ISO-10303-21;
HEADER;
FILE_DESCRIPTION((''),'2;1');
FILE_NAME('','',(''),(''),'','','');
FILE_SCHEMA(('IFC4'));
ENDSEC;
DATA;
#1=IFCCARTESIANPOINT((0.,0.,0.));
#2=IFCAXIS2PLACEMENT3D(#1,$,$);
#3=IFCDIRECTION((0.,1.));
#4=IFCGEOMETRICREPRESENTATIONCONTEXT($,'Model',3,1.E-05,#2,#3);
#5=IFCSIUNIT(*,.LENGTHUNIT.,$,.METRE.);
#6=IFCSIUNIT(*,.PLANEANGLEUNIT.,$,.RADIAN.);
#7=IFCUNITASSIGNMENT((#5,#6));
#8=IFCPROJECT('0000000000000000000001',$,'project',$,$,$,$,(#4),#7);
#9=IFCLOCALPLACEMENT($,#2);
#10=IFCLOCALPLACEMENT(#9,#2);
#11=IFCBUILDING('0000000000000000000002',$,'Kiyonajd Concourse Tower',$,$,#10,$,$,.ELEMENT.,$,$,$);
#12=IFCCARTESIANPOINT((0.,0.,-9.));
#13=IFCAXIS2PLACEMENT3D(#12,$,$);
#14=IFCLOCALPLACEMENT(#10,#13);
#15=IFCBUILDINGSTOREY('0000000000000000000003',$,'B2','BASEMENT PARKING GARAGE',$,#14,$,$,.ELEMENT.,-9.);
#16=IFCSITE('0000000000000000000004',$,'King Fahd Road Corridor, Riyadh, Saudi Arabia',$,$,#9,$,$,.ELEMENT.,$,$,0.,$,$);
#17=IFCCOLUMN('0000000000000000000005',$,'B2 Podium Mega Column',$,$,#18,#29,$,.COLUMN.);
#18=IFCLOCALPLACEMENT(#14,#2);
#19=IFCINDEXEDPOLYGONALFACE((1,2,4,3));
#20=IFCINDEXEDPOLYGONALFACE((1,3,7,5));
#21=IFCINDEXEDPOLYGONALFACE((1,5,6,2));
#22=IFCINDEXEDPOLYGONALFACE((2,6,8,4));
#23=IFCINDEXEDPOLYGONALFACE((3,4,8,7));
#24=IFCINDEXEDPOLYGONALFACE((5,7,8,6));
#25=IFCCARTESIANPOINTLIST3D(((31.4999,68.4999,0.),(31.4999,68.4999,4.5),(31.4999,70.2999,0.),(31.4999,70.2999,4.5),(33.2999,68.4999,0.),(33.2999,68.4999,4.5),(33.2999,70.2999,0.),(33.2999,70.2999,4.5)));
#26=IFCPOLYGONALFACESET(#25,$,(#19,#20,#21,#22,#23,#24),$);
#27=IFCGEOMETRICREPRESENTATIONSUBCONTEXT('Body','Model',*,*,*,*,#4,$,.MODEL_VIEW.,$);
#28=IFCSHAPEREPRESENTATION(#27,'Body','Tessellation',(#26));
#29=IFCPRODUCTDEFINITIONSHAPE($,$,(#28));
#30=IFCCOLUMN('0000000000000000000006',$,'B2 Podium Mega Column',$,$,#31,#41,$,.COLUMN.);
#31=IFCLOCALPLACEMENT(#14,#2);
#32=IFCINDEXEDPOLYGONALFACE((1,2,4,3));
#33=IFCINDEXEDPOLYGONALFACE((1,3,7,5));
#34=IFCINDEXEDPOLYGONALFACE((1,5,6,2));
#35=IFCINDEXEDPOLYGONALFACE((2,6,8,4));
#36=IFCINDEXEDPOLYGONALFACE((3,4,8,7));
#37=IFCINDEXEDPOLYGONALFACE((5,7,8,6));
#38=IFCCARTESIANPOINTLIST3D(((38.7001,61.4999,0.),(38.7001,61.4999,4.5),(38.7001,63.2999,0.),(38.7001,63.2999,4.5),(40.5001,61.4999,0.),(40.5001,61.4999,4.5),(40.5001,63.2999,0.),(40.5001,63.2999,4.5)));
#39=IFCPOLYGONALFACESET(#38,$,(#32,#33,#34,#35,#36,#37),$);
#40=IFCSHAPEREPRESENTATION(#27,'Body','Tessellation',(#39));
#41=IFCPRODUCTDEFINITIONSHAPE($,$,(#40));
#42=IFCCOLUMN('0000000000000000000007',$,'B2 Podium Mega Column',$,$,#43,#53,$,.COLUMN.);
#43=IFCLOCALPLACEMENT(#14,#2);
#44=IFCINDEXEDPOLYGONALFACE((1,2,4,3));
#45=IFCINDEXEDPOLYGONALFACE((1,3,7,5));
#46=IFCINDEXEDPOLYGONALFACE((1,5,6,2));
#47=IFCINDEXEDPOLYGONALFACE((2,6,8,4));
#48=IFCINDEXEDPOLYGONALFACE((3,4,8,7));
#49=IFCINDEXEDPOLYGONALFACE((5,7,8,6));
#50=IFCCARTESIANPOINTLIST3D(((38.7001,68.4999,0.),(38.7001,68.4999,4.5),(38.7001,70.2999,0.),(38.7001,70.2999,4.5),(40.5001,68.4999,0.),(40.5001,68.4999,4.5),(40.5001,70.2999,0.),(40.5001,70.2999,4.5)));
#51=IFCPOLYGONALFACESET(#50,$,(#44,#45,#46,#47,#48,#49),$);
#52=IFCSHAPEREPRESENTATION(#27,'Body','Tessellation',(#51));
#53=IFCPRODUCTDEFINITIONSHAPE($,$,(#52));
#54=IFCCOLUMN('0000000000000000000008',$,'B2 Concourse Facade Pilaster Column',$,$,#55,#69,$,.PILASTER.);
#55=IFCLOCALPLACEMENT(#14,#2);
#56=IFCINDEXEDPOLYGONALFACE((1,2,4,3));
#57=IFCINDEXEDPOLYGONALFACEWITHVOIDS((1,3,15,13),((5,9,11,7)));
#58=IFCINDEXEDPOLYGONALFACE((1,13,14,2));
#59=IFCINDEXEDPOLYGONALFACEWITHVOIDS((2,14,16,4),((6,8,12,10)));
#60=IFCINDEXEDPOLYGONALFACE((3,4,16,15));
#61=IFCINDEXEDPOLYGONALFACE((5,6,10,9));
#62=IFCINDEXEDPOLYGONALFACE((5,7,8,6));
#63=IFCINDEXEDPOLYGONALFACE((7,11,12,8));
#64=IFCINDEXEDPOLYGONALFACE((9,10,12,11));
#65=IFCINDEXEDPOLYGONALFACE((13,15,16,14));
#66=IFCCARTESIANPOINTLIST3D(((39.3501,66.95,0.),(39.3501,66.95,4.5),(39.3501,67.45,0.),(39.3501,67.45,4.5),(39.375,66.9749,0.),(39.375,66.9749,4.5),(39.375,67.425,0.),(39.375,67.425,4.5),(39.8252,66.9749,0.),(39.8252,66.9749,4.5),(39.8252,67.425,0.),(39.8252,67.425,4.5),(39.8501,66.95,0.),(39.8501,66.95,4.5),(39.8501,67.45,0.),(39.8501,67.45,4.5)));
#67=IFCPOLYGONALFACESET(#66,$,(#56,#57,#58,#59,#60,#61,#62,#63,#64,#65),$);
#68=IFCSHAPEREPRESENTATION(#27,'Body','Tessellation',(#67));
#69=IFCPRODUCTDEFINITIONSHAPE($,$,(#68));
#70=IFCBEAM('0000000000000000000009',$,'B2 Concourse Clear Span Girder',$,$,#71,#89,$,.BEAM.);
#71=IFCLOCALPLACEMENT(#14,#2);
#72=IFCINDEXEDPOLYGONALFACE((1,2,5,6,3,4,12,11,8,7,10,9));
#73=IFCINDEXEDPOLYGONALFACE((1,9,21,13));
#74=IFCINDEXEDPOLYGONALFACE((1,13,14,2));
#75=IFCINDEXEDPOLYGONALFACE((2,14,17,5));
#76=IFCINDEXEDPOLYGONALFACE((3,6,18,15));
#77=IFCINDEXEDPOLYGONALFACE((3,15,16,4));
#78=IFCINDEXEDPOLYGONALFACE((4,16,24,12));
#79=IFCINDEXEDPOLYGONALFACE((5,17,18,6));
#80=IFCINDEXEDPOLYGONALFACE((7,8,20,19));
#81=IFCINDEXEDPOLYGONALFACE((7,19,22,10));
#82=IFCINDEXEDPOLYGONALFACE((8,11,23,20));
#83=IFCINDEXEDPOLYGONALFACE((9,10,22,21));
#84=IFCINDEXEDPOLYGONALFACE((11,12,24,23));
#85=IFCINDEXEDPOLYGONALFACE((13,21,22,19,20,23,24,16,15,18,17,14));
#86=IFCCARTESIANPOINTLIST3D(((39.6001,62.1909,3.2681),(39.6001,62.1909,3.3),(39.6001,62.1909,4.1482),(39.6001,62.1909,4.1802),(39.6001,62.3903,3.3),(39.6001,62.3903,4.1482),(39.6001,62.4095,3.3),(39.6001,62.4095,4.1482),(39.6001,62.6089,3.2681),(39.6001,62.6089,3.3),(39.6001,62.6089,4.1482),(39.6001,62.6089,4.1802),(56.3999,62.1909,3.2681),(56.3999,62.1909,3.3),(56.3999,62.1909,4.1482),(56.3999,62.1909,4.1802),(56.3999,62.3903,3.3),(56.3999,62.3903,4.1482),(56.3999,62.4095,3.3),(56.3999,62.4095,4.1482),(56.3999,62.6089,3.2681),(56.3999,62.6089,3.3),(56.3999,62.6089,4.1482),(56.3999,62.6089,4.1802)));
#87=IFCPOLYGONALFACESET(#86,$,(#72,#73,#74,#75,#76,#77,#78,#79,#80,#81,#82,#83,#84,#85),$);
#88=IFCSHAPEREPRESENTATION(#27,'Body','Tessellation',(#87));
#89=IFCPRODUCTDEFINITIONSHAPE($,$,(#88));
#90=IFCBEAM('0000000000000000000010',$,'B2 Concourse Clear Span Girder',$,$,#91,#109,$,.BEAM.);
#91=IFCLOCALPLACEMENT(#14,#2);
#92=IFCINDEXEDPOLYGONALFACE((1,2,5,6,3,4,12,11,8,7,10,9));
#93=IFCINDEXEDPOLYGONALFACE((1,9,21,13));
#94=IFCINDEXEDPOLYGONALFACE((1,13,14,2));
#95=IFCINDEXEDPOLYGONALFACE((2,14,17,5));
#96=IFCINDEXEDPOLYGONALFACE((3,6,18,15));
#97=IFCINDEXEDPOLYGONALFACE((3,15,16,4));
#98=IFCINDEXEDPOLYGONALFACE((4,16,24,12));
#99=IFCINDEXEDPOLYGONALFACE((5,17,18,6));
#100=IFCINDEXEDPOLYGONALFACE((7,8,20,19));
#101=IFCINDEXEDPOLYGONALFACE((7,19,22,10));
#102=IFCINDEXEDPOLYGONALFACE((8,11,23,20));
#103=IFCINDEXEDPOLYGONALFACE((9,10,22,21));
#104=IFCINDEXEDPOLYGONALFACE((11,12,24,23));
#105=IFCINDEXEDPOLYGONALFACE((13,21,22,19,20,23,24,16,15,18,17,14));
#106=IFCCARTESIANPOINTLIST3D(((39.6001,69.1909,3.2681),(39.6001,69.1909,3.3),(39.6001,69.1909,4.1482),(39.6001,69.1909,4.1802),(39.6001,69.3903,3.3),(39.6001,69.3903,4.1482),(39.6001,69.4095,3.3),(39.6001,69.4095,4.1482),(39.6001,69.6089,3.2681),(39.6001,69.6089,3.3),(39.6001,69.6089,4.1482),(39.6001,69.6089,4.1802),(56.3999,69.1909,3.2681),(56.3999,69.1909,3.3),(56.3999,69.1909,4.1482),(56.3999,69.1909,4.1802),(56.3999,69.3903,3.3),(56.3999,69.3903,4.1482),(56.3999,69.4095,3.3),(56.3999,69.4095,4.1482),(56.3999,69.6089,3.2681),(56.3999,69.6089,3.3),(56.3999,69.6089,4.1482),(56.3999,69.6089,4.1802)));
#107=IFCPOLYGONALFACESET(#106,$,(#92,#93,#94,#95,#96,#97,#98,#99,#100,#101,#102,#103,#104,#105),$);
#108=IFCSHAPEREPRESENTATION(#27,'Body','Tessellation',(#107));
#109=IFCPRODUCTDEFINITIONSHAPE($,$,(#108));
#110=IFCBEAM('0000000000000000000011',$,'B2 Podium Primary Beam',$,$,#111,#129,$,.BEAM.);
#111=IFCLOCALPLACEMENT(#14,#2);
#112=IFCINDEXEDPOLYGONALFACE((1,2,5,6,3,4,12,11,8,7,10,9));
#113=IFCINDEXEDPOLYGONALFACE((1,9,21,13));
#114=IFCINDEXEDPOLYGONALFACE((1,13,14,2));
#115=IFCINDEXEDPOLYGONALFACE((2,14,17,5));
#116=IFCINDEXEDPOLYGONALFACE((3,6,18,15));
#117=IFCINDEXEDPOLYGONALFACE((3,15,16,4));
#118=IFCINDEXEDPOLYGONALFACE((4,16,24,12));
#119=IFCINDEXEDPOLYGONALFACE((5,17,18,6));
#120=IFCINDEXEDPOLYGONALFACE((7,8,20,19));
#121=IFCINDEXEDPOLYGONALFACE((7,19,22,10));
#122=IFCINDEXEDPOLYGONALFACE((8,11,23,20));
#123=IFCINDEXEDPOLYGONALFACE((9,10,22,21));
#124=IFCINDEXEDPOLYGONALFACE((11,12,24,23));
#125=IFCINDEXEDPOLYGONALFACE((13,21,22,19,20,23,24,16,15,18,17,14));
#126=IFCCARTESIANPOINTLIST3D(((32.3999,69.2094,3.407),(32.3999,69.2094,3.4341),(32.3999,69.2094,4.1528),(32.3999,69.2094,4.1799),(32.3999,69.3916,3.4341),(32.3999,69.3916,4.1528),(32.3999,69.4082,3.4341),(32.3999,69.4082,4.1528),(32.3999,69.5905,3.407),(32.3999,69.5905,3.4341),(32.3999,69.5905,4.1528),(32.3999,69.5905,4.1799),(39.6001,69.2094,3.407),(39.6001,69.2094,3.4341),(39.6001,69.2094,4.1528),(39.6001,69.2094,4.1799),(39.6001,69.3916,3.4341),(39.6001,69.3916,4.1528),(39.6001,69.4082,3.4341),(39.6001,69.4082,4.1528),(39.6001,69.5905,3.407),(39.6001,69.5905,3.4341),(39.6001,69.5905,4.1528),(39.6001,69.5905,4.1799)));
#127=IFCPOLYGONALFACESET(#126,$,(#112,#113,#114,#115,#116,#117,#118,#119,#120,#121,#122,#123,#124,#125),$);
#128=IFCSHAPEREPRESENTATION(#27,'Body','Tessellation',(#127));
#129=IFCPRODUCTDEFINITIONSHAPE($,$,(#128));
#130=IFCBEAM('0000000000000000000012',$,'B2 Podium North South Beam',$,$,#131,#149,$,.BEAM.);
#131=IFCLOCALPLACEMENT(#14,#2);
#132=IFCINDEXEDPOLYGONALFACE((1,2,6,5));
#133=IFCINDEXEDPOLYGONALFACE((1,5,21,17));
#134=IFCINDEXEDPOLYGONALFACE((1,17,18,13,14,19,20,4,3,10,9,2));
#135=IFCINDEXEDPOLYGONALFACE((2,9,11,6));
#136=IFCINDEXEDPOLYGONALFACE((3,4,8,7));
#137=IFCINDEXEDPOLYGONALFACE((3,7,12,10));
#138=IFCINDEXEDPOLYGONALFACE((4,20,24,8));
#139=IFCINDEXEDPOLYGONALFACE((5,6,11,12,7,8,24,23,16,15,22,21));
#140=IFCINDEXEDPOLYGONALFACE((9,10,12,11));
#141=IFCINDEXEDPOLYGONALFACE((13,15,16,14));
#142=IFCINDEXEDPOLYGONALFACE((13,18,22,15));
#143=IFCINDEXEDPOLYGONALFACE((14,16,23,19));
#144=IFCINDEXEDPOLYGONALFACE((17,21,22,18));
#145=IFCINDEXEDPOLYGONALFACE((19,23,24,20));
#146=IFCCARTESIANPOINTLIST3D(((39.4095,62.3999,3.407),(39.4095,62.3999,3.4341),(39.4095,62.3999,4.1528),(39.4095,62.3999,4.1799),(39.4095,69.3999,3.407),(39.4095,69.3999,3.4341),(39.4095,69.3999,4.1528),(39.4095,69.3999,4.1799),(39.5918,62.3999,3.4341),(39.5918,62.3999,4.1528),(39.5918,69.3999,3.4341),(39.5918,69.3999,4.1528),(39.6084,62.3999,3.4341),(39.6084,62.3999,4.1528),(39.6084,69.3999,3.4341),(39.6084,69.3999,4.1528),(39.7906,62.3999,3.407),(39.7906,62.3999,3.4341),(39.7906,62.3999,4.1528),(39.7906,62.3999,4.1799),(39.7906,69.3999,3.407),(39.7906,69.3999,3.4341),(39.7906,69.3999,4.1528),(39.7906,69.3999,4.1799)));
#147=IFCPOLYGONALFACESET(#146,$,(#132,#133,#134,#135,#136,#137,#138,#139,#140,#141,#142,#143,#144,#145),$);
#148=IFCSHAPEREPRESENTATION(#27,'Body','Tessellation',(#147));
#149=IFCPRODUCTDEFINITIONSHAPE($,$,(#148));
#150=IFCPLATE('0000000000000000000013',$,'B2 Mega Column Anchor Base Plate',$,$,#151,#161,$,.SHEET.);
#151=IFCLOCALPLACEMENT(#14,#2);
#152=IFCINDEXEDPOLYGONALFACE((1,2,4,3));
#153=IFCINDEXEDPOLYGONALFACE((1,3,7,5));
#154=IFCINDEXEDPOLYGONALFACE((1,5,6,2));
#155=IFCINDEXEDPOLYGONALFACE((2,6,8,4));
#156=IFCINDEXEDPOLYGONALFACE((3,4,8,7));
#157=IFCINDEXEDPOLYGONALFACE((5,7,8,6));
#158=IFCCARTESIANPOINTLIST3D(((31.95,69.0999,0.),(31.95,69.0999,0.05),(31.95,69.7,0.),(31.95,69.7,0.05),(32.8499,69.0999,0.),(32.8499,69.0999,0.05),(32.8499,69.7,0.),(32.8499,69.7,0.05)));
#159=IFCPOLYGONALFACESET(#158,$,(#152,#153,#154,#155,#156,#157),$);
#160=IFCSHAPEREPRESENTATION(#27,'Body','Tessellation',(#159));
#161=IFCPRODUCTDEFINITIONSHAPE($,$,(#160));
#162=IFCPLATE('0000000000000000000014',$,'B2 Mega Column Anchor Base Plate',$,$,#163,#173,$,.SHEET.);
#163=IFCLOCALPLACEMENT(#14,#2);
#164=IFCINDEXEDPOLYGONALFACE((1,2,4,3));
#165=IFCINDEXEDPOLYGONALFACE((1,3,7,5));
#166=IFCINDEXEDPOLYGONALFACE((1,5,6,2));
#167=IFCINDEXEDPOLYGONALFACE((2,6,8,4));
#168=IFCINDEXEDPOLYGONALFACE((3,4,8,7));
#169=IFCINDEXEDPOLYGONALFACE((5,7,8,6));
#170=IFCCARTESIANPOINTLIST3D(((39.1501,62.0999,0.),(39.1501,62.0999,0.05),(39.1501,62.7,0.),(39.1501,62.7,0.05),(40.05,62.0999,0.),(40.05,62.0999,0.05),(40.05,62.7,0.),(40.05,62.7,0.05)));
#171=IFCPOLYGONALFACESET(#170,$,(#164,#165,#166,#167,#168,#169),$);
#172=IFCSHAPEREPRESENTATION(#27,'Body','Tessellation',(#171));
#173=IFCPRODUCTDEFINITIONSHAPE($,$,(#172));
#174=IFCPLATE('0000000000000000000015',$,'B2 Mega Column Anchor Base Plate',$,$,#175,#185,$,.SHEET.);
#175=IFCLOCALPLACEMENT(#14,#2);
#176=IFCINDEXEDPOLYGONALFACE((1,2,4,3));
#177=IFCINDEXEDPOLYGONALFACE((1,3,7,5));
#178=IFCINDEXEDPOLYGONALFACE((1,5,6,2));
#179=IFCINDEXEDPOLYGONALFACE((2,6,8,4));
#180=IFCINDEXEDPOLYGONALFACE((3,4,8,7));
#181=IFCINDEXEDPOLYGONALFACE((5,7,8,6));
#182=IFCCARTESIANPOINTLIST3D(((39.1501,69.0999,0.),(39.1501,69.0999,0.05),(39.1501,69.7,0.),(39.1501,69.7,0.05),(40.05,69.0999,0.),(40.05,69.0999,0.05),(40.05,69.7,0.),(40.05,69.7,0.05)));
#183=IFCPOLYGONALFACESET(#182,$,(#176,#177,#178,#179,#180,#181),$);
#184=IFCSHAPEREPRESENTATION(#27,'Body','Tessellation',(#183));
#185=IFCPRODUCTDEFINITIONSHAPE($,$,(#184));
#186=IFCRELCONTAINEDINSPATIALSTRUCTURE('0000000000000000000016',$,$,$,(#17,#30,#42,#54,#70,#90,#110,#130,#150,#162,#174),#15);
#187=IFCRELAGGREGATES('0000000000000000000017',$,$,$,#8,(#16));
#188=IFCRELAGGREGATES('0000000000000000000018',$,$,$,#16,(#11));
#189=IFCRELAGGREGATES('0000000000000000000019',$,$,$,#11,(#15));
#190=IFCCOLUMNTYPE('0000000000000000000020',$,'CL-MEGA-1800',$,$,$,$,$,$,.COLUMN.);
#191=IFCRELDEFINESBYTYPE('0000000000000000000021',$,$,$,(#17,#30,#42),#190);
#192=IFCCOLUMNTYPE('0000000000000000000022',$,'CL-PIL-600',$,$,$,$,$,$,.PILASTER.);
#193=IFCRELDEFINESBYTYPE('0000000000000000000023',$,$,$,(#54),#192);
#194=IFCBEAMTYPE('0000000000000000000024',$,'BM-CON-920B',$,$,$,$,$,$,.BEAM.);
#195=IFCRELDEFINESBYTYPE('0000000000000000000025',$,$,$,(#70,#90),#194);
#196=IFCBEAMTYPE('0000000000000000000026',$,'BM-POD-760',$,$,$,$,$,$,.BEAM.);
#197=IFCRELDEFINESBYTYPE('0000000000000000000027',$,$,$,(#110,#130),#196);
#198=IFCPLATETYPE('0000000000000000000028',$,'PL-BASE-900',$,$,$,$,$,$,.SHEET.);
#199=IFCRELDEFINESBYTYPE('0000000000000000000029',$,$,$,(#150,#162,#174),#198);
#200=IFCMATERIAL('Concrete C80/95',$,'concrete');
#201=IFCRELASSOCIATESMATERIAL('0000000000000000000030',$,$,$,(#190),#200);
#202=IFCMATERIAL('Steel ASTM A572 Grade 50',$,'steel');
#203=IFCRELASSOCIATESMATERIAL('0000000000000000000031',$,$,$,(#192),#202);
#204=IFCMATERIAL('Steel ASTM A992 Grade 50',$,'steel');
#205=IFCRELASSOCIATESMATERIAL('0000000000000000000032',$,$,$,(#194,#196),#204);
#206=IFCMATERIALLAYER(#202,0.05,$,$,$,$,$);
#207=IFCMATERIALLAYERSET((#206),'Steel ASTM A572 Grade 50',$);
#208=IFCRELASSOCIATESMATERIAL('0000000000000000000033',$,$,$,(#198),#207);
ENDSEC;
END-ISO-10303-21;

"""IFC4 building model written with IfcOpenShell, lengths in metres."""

from ifc_helpers import new_model, si_unit, direction, frame, origin, origin_2d, place, context, subcontext, project, spatial, rectangle, hollow_rectangle, i_section, extrude, material, layer, layer_set, material_profile, profile_set, type_object, element, save


model = new_model("IFC4")

# Units and contexts
model_context = context("Model", 3, precision=1e-05, world=origin(), true_north=direction((0.0, 1.0)))
body_context = subcontext(model_context, "Body", "Model", "MODEL_VIEW")
ifc_project = project(units=[si_unit("LENGTHUNIT", "METRE"), si_unit("PLANEANGLEUNIT", "RADIAN")], contexts=[model_context])

# Site, building, storey
site_placement = place(None, origin())
site = spatial("IfcSite", under=ifc_project, at=site_placement, Name="King Fahd Road Corridor, Riyadh, Saudi Arabia", CompositionType="ELEMENT", RefElevation=0.0)
building_placement = place(site_placement, origin())
building = spatial("IfcBuilding", under=site, at=building_placement, Name="Kiyonajd Concourse Tower", CompositionType="ELEMENT")
storey_placement = place(building_placement, frame((0.0, 0.0, -9.0)))
storey = spatial("IfcBuildingStorey", under=building, at=storey_placement, Name="B2", Description="BASEMENT PARKING GARAGE", CompositionType="ELEMENT", Elevation=-9.0)

# Columns
ifc_material_1 = material(Name="Concrete C80/95", Category="concrete")
ifc_material_profile_1 = material_profile(ifc_material_1, rectangle(XDim=1.8, YDim=1.8, at=origin_2d()), Name="RC-1800x1800")
ifc_profile_set_1 = profile_set([ifc_material_profile_1], Name="Concrete C80/95")
column_type_1 = type_object("IfcColumnType", Name="CL-MEGA-1800", PredefinedType="COLUMN", material=ifc_profile_set_1)
for number, where, z_axis, x_axis, name in (
    (1, (32.3999, 69.3999, 0.0), (0.0, 0.0, 1.0), (1.0, 0.0, 0.0), "B2 Podium Mega Column"),
    (2, (39.6001, 62.3999, 0.0), (0.0, 0.0, 1.0), (1.0, 0.0, 0.0), "B2 Podium Mega Column"),
    (3, (39.6001, 69.3999, 0.0), (0.0, 0.0, 1.0), (1.0, 0.0, 0.0), "B2 Podium Mega Column"),
):
    element("IfcColumn", number, at=place(storey_placement, frame(where, z_axis=z_axis, x_axis=x_axis)), inside=storey, type_object=column_type_1, Name=name, PredefinedType="COLUMN", context=body_context, shape_type="SweptSolid", body=[
        extrude(rectangle(XDim=1.8, YDim=1.8, at=origin_2d()), origin(), (0.0, 0.0, 1.0), 4.5),
    ])
ifc_material_2 = material(Name="Steel ASTM A572 Grade 50", Category="steel")
ifc_material_profile_2 = material_profile(ifc_material_2, hollow_rectangle(XDim=0.5, YDim=0.5, WallThickness=0.0249, at=origin_2d()), Name="HSS-500x500x25")
ifc_profile_set_2 = profile_set([ifc_material_profile_2], Name="Steel ASTM A572 Grade 50")
column_type_2 = type_object("IfcColumnType", Name="CL-PIL-600", PredefinedType="PILASTER", material=ifc_profile_set_2)
column_placement = place(storey_placement, frame((39.6001, 67.2, 0.0), z_axis=(0.0, 0.0, 1.0), x_axis=(1.0, 0.0, 0.0)))
element("IfcColumn", 4, at=column_placement, inside=storey, type_object=column_type_2, Name="B2 Concourse Facade Pilaster Column", PredefinedType="PILASTER", context=body_context, shape_type="SweptSolid", body=[
    extrude(hollow_rectangle(XDim=0.5, YDim=0.5, WallThickness=0.0249, at=origin_2d()), origin(), (0.0, 0.0, 1.0), 4.5),
])

# Beams
ifc_material_3 = material(Name="Steel ASTM A992 Grade 50", Category="steel")
ifc_material_profile_3 = material_profile(ifc_material_3, i_section(OverallWidth=0.418, OverallDepth=0.9121, WebThickness=0.0193, FlangeThickness=0.032, at=origin_2d()), Name="W920X342")
ifc_profile_set_3 = profile_set([ifc_material_profile_3], Name="Steel ASTM A992 Grade 50")
beam_type_1 = type_object("IfcBeamType", Name="BM-CON-920B", PredefinedType="BEAM", material=ifc_profile_set_3)
for number, where, z_axis, x_axis, name in (
    (5, (39.6001, 62.3999, 3.7241), (1.0, 0.0, 0.0), (0.0, 1.0, 0.0), "B2 Concourse Clear Span Girder"),
    (6, (39.6001, 69.3999, 3.7241), (1.0, 0.0, 0.0), (0.0, 1.0, 0.0), "B2 Concourse Clear Span Girder"),
):
    element("IfcBeam", number, at=place(storey_placement, frame(where, z_axis=z_axis, x_axis=x_axis)), inside=storey, type_object=beam_type_1, Name=name, PredefinedType="BEAM", context=body_context, shape_type="SweptSolid", body=[
        extrude(i_section(OverallWidth=0.418, OverallDepth=0.9121, WebThickness=0.0193, FlangeThickness=0.032, at=origin_2d()), origin(), (0.0, 0.0, 1.0), 16.7998),
    ])
ifc_material_profile_4 = material_profile(ifc_material_3, i_section(OverallWidth=0.3811, OverallDepth=0.7729, WebThickness=0.0166, FlangeThickness=0.0271, at=origin_2d()), Name="W760X257")
ifc_profile_set_4 = profile_set([ifc_material_profile_4], Name="Steel ASTM A992 Grade 50")
beam_type_2 = type_object("IfcBeamType", Name="BM-POD-760", PredefinedType="BEAM", material=ifc_profile_set_4)
beam_1_placement = place(storey_placement, frame((32.3999, 69.3999, 3.7935), z_axis=(1.0, 0.0, 0.0), x_axis=(0.0, 1.0, 0.0)))
element("IfcBeam", 7, at=beam_1_placement, inside=storey, type_object=beam_type_2, Name="B2 Podium Primary Beam", PredefinedType="BEAM", context=body_context, shape_type="SweptSolid", body=[
    extrude(i_section(OverallWidth=0.3811, OverallDepth=0.7729, WebThickness=0.0166, FlangeThickness=0.0271, at=origin_2d()), origin(), (0.0, 0.0, 1.0), 7.2002),
])
beam_2_placement = place(storey_placement, frame((39.6001, 62.3999, 3.7935), z_axis=(0.0, 1.0, 0.0), x_axis=(-1.0, 0.0, 0.0)))
element("IfcBeam", 8, at=beam_2_placement, inside=storey, type_object=beam_type_2, Name="B2 Podium North South Beam", PredefinedType="BEAM", context=body_context, shape_type="SweptSolid", body=[
    extrude(i_section(OverallWidth=0.3811, OverallDepth=0.7729, WebThickness=0.0166, FlangeThickness=0.0271, at=origin_2d()), origin(), (0.0, 0.0, 1.0), 7.0),
])

# Plates
ifc_layer = layer(ifc_material_2, 0.05)
ifc_layer_set = layer_set([ifc_layer], Name="Steel ASTM A572 Grade 50")
plate_type = type_object("IfcPlateType", Name="PL-BASE-900", PredefinedType="SHEET", material=ifc_layer_set)
for number, where, z_axis, x_axis, name in (
    (9, (32.3999, 69.3999, 0.0), (0.0, 0.0, 1.0), (1.0, 0.0, 0.0), "B2 Mega Column Anchor Base Plate"),
    (10, (39.6001, 62.3999, 0.0), (0.0, 0.0, 1.0), (1.0, 0.0, 0.0), "B2 Mega Column Anchor Base Plate"),
    (11, (39.6001, 69.3999, 0.0), (0.0, 0.0, 1.0), (1.0, 0.0, 0.0), "B2 Mega Column Anchor Base Plate"),
):
    element("IfcPlate", number, at=place(storey_placement, frame(where, z_axis=z_axis, x_axis=x_axis)), inside=storey, type_object=plate_type, Name=name, PredefinedType="SHEET", context=body_context, shape_type="SweptSolid", body=[
        extrude(rectangle(XDim=0.8999, YDim=0.6001, at=origin_2d()), origin(), (0.0, 0.0, 1.0), 0.05),
    ])

save(model, "model.ifc")
